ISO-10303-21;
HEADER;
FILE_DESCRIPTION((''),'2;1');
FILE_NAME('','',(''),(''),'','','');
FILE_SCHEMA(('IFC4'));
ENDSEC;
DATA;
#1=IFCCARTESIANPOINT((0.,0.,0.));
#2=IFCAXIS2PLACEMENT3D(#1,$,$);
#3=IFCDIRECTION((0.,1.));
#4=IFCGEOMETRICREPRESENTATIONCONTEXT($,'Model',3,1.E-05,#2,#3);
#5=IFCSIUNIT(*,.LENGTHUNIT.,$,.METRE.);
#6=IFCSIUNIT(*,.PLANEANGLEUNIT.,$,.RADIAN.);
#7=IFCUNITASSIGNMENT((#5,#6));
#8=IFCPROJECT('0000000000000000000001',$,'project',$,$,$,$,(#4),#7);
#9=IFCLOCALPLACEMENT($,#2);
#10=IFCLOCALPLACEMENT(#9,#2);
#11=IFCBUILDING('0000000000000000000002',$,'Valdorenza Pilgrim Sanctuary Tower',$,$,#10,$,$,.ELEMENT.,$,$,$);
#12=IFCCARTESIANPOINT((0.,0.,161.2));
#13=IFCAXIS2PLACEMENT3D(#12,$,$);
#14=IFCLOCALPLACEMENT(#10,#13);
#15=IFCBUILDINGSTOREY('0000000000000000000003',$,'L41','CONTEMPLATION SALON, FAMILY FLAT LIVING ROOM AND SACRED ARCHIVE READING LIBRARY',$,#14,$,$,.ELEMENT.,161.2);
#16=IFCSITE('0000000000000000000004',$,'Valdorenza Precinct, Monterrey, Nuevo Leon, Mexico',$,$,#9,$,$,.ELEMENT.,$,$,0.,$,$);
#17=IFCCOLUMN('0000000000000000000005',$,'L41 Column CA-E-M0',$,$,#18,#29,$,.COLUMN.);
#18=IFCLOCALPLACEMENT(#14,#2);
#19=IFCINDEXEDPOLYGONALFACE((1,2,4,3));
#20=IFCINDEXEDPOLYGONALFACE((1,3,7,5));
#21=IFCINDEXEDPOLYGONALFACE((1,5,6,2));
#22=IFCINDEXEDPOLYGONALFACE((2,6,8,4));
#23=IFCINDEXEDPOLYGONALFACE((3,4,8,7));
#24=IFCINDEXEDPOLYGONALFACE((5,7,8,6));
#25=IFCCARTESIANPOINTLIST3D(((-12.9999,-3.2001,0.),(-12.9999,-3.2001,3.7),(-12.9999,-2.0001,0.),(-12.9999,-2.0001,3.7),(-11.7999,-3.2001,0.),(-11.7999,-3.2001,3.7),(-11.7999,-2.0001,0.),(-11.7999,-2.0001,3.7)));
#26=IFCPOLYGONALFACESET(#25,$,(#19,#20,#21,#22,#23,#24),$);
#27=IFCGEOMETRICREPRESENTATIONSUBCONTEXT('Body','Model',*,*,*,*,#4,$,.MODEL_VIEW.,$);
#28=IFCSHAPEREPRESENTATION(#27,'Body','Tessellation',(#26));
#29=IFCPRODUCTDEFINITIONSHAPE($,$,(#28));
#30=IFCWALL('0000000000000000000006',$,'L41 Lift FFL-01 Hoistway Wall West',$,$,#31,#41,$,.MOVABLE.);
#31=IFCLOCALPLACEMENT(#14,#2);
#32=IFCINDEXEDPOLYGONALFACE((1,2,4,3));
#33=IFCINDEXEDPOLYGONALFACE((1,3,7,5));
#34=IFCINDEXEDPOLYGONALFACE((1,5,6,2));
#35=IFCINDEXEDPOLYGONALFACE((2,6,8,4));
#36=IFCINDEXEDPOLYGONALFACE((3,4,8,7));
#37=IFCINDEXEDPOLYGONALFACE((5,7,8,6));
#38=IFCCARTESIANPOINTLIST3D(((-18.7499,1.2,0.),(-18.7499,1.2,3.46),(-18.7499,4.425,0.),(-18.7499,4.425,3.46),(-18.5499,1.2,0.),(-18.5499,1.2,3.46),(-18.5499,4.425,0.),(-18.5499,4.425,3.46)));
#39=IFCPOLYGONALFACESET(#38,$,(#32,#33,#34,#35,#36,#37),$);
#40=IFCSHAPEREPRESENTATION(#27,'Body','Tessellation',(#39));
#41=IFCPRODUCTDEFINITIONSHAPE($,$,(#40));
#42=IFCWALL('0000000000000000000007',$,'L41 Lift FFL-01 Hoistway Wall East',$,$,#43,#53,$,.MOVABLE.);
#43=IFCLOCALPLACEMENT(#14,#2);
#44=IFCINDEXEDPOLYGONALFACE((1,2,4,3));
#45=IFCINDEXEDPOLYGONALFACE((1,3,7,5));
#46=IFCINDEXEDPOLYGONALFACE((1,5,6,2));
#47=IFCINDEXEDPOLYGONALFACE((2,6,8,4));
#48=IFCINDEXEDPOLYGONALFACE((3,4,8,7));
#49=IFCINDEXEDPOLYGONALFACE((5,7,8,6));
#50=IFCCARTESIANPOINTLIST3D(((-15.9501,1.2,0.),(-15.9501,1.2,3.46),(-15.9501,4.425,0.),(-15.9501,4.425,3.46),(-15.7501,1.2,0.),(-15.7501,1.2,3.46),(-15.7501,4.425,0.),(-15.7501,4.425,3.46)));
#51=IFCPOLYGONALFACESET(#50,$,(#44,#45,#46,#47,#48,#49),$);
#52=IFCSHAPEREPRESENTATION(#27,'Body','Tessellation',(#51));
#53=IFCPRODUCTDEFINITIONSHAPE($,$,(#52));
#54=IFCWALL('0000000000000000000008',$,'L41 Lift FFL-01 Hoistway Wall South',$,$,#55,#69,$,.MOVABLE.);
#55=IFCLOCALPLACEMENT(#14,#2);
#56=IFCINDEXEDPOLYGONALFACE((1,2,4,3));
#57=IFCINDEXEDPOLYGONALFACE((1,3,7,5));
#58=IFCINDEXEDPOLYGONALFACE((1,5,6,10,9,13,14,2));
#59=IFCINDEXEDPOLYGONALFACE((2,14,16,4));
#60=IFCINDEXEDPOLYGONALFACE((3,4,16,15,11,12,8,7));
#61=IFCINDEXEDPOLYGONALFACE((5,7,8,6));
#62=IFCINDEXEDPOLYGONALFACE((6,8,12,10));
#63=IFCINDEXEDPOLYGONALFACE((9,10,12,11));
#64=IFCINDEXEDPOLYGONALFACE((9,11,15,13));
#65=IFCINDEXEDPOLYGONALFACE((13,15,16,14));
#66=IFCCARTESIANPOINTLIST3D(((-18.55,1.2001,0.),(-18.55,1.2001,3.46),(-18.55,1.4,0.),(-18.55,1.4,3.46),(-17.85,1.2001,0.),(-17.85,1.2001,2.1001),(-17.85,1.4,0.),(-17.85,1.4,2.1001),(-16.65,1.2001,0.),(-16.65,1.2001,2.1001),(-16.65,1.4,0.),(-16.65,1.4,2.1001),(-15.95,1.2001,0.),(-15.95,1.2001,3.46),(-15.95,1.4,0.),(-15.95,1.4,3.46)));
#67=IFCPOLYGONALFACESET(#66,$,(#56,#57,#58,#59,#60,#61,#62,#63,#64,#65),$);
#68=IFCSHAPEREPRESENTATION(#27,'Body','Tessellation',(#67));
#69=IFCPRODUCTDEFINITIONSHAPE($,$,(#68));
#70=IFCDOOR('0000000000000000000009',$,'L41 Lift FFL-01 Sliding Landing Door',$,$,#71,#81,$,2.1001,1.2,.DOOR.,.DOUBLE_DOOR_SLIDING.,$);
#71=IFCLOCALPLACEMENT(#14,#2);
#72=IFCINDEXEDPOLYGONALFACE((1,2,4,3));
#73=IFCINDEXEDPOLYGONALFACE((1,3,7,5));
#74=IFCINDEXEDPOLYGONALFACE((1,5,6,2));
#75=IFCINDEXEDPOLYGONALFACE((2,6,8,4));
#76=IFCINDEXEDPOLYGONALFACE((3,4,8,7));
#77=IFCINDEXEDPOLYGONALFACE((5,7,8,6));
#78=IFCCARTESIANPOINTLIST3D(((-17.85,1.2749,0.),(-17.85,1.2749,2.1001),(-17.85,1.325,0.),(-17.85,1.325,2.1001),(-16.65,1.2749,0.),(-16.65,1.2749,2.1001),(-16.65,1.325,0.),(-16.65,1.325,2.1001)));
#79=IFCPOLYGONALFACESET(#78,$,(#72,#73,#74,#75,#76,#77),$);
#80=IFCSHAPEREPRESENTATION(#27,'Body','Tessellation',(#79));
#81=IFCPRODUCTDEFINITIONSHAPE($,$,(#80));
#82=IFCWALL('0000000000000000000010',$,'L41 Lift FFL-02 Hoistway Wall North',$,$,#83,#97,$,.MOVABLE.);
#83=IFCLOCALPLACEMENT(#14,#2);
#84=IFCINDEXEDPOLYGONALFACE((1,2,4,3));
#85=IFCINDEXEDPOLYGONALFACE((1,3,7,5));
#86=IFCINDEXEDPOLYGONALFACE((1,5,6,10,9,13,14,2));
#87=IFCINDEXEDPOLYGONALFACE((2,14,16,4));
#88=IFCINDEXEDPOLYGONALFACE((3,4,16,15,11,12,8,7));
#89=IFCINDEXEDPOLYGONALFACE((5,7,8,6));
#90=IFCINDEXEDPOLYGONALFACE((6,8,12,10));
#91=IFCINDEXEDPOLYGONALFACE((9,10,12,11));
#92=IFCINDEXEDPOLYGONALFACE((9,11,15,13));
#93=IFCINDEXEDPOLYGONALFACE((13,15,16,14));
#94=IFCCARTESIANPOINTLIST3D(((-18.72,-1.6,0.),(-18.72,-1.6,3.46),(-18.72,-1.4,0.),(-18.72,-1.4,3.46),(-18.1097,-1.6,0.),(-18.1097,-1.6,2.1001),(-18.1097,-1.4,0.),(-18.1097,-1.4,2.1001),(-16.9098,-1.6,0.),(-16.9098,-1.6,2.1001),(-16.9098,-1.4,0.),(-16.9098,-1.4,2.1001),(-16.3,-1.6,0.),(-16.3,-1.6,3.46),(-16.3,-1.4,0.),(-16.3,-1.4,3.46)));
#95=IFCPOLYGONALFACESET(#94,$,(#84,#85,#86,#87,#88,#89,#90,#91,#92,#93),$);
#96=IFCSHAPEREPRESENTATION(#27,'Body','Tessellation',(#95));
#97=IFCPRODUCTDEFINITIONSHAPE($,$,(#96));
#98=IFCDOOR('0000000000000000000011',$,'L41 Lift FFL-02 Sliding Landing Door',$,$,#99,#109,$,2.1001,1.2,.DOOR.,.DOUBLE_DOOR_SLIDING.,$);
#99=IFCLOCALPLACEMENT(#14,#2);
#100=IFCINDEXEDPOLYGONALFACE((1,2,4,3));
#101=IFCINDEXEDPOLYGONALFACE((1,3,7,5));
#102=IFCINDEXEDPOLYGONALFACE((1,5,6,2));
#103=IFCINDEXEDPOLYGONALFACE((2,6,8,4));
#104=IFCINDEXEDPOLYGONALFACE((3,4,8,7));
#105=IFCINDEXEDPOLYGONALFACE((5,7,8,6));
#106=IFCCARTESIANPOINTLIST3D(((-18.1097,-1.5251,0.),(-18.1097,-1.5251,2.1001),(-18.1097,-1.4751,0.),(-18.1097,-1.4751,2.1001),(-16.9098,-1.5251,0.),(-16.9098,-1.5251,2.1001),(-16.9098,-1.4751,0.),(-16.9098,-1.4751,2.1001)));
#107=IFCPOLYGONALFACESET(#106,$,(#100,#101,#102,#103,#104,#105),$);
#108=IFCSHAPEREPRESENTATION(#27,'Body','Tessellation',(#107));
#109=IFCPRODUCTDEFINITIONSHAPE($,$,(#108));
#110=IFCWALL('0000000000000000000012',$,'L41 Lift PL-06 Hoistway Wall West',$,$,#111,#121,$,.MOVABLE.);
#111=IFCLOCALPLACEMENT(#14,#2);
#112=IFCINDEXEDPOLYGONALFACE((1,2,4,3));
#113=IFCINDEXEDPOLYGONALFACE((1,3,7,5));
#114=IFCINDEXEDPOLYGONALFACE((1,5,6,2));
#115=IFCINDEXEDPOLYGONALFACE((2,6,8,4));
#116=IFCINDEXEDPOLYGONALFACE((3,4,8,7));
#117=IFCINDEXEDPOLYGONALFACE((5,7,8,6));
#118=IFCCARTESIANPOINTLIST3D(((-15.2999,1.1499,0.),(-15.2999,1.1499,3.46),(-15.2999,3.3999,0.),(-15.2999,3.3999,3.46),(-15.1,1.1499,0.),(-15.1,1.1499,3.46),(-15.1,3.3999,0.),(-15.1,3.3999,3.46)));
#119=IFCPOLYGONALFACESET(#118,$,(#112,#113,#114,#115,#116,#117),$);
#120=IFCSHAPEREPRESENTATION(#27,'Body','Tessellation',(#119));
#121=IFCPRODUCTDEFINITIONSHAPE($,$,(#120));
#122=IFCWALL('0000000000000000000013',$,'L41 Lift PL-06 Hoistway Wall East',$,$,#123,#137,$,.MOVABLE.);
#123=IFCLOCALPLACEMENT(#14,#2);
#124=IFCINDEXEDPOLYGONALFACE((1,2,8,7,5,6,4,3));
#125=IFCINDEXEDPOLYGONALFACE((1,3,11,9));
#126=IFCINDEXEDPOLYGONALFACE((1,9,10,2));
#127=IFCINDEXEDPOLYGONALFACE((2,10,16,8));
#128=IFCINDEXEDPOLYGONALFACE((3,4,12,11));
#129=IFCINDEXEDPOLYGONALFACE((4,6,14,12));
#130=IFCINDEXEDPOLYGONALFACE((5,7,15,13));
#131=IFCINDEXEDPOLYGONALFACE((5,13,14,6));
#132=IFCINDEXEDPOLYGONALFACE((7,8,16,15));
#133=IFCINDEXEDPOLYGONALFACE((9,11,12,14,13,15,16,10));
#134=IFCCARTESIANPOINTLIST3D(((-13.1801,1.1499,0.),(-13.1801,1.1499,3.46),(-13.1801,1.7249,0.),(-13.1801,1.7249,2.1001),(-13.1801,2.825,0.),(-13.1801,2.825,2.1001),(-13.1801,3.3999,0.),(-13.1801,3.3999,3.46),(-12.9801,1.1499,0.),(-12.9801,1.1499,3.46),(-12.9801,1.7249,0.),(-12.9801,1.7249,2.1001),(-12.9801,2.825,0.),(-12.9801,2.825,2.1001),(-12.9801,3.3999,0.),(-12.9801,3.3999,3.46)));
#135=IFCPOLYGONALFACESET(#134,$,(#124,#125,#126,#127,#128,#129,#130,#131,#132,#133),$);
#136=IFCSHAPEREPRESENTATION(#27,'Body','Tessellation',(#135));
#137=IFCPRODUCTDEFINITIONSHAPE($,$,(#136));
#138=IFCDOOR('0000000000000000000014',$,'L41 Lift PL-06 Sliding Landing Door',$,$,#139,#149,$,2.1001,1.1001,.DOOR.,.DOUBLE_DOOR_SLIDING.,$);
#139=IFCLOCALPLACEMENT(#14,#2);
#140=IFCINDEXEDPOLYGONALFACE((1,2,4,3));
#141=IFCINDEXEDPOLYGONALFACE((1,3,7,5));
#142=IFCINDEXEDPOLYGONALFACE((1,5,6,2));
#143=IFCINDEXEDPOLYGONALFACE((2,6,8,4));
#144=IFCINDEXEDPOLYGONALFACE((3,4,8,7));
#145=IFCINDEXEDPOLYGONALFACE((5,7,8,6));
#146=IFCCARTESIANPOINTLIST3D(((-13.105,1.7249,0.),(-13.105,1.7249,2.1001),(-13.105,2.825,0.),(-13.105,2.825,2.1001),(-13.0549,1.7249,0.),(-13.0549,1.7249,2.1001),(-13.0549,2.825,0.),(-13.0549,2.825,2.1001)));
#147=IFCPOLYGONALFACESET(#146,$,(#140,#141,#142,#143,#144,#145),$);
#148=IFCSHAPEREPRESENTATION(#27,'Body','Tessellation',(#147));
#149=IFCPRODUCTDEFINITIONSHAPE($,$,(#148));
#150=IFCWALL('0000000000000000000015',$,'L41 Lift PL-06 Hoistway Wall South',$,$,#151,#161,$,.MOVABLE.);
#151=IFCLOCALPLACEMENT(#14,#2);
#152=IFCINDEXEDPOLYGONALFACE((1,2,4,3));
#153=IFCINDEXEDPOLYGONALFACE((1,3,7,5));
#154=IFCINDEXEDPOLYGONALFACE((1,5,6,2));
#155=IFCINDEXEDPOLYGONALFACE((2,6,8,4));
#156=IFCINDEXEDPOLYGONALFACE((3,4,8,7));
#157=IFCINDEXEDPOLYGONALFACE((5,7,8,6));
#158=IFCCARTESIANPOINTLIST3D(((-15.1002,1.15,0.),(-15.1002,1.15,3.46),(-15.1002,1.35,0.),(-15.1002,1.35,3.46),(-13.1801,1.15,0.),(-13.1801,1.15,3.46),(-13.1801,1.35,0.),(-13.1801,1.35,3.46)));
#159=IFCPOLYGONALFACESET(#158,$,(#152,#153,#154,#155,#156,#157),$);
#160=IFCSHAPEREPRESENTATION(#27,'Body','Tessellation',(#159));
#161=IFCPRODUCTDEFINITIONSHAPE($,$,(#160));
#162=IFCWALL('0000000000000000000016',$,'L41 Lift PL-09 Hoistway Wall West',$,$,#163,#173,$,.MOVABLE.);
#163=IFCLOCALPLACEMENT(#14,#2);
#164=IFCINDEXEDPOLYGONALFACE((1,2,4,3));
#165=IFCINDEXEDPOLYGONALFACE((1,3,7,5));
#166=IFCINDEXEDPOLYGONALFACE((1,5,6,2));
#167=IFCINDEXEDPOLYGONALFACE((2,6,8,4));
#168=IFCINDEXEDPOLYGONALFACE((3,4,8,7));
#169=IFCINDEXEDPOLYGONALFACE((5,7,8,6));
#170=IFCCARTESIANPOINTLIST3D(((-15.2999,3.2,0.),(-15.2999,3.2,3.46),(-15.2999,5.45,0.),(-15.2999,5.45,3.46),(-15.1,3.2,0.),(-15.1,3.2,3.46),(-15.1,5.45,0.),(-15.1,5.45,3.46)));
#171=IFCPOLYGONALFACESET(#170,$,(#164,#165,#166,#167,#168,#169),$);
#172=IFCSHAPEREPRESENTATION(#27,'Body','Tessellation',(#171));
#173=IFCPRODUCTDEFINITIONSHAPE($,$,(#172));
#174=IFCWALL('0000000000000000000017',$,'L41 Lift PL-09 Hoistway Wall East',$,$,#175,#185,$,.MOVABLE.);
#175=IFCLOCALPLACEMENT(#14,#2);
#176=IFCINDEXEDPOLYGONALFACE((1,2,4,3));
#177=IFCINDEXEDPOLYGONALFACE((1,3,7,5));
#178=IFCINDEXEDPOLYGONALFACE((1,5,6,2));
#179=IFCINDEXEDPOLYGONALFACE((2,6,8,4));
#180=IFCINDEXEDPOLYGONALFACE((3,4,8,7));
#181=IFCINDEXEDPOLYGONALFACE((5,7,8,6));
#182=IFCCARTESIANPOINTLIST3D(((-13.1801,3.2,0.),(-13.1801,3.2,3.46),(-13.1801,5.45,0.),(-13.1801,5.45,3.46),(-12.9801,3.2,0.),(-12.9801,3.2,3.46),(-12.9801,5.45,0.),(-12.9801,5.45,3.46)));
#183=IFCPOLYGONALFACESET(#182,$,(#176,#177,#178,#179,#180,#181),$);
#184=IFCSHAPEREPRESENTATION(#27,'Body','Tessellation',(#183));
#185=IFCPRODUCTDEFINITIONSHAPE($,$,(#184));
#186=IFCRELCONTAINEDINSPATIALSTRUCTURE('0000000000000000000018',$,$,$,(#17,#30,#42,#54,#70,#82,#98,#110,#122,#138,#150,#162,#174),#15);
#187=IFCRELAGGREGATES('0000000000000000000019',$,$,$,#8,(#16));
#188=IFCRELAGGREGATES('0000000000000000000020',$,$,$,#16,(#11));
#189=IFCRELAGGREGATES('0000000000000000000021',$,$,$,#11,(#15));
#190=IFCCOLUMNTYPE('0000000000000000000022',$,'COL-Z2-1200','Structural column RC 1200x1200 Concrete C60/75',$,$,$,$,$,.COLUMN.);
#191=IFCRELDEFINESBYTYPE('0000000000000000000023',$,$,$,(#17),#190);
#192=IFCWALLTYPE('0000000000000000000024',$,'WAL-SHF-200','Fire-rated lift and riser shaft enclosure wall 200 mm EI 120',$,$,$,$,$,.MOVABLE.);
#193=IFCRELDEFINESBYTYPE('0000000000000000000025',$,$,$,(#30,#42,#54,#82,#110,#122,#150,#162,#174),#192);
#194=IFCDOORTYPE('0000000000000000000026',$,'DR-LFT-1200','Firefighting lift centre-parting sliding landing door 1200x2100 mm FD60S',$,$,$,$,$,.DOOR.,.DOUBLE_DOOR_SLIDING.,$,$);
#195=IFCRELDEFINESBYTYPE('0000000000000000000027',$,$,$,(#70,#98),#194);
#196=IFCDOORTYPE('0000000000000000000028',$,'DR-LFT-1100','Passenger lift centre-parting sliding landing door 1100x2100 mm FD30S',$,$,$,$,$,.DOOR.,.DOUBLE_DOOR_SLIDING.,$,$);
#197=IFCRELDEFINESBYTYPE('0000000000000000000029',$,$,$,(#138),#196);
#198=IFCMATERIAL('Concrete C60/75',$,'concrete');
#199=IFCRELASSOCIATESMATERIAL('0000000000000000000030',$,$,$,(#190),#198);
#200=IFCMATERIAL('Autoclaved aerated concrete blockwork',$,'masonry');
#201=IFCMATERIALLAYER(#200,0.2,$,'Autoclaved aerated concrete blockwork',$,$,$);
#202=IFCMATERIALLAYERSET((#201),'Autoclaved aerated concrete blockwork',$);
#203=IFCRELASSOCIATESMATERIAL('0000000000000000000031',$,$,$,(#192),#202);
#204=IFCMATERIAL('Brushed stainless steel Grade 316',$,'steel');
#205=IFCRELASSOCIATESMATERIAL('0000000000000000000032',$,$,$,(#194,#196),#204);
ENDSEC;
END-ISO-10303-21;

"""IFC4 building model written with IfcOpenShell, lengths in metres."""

from ifc_helpers import new_model, si_unit, direction, frame, frame_2d, origin, origin_2d, place, context, subcontext, project, spatial, rectangle, extrude, source, transform, mapped, material, layer, layer_set, material_profile, profile_set, type_object, element, fill, save


model = new_model("IFC4")

# Units and contexts
model_context = context("Model", 3, precision=1e-05, world=origin(), true_north=direction((0.0, 1.0)))
body_context = subcontext(model_context, "Body", "Model", "MODEL_VIEW")
ifc_project = project(units=[si_unit("LENGTHUNIT", "METRE"), si_unit("PLANEANGLEUNIT", "RADIAN")], contexts=[model_context])

# Site, building, storey
site_placement = place(None, origin())
site = spatial("IfcSite", under=ifc_project, at=site_placement, Name="Valdorenza Precinct, Monterrey, Nuevo Leon, Mexico", CompositionType="ELEMENT", RefElevation=0.0)
building_placement = place(site_placement, origin())
building = spatial("IfcBuilding", under=site, at=building_placement, Name="Valdorenza Pilgrim Sanctuary Tower", CompositionType="ELEMENT")
storey_placement = place(building_placement, frame((0.0, 0.0, 161.2)))
storey = spatial("IfcBuildingStorey", under=building, at=storey_placement, Name="L41", Description="CONTEMPLATION SALON, FAMILY FLAT LIVING ROOM AND SACRED ARCHIVE READING LIBRARY", CompositionType="ELEMENT", Elevation=161.2)

# Column
ifc_material_1 = material(Name="Concrete C60/75", Category="concrete")
ifc_material_profile = material_profile(ifc_material_1, rectangle(XDim=1.2, YDim=1.2, at=origin_2d()), Name="RC 1200x1200")
ifc_profile_set = profile_set([ifc_material_profile], Name="Concrete C60/75")
column_type = type_object("IfcColumnType", Name="COL-Z2-1200", Description="Structural column RC 1200x1200 Concrete C60/75", PredefinedType="COLUMN", material=ifc_profile_set)
shared_shape = source(origin(), body_context, "Body", "SweptSolid", [
    extrude(rectangle(XDim=1.2, YDim=1.2, at=origin_2d()), origin(), (0.0, 0.0, 1.0), 3.7),
])
column_placement = place(storey_placement, frame((-12.3999, -2.6001, 0.0), z_axis=(0.0, 0.0, 1.0), x_axis=(1.0, 0.0, 0.0)))
element("IfcColumn", 1, at=column_placement, inside=storey, type_object=column_type, Name="L41 Column CA-E-M0", PredefinedType="COLUMN", context=body_context, shape_type="MappedRepresentation", body=[
    mapped(shared_shape, transform((0.0, 0.0, 0.0), x_axis=(1.0, 0.0, 0.0), y_axis=(0.0, 1.0, 0.0), z_axis=(0.0, 0.0, 1.0), scale=1.0)),
])

# Walls
ifc_material_2 = material(Name="Autoclaved aerated concrete blockwork", Category="masonry")
ifc_layer_1 = layer(ifc_material_2, 0.2, Name="Autoclaved aerated concrete blockwork")
ifc_layer_set_1 = layer_set([ifc_layer_1], Name="Autoclaved aerated concrete blockwork")
wall_type_1 = type_object("IfcWallType", Name="WAL-SHF-200", Description="Fire-rated lift and riser shaft enclosure wall 200 mm EI 120", PredefinedType="MOVABLE", material=ifc_layer_set_1)
for number, where, z_axis, x_axis, name in (
    (2, (-18.6499, 1.2, 0.0), (0.0, 0.0, 1.0), (0.0, 1.0, 0.0), "L41 Lift FFL-01 Hoistway Wall West"),
    (3, (-15.8501, 1.2, 0.0), (0.0, 0.0, 1.0), (0.0, 1.0, 0.0), "L41 Lift FFL-01 Hoistway Wall East"),
):
    element("IfcWall", number, at=place(storey_placement, frame(where, z_axis=z_axis, x_axis=x_axis)), inside=storey, type_object=wall_type_1, Name=name, PredefinedType="MOVABLE", context=body_context, shape_type="SweptSolid", body=[
        extrude(rectangle(XDim=3.2251, YDim=0.2, at=frame_2d((1.6125, 0.0))), origin(), (0.0, 0.0, 1.0), 3.46),
    ])

# Walls, openings, doors
wall_1_placement = place(storey_placement, frame((-18.55, 1.3, 0.0), z_axis=(0.0, 0.0, 1.0), x_axis=(1.0, 0.0, 0.0)))
wall_1 = element("IfcWall", 4, at=wall_1_placement, inside=storey, type_object=wall_type_1, Name="L41 Lift FFL-01 Hoistway Wall South", PredefinedType="MOVABLE", context=body_context, shape_type="SweptSolid", body=[
    extrude(rectangle(XDim=2.6001, YDim=0.2, at=frame_2d((1.3, 0.0))), origin(), (0.0, 0.0, 1.0), 3.46),
])
opening_1_placement = place(wall_1_placement, frame((0.7, 0.0, 0.0)))
opening_1 = element("IfcOpeningElement", 5, at=opening_1_placement, cuts=wall_1, PredefinedType="OPENING", context=body_context, shape_type="SweptSolid", body=[
    extrude(rectangle(XDim=1.2, YDim=2.1001, at=frame_2d((0.6001, 1.05))), frame((0.0, 0.1147, 0.0), z_axis=(0.0, -1.0, 0.0), x_axis=(1.0, 0.0, 0.0)), (0.0, 0.0, 1.0), 0.2297),
])
ifc_material_3 = material(Name="Brushed stainless steel Grade 316", Category="steel")
door_type_1 = type_object("IfcDoorType", Name="DR-LFT-1200", Description="Firefighting lift centre-parting sliding landing door 1200x2100 mm FD60S", OperationType="DOUBLE_DOOR_SLIDING", PredefinedType="DOOR", material=ifc_material_3)
door_1_placement = place(opening_1_placement, origin())
door_1 = element("IfcDoor", 6, at=door_1_placement, inside=storey, type_object=door_type_1, Name="L41 Lift FFL-01 Sliding Landing Door", OperationType="DOUBLE_DOOR_SLIDING", OverallHeight=2.1001, OverallWidth=1.2, PredefinedType="DOOR", context=body_context, shape_type="SweptSolid", body=[
    extrude(rectangle(XDim=1.2, YDim=2.1001, at=frame_2d((0.6001, 1.05))), frame((0.0, 0.0249, 0.0), z_axis=(0.0, -1.0, 0.0), x_axis=(1.0, 0.0, 0.0)), (0.0, 0.0, 1.0), 0.05),
])
fill(opening_1, door_1)
wall_2_placement = place(storey_placement, frame((-18.72, -1.5, 0.0), z_axis=(0.0, 0.0, 1.0), x_axis=(1.0, 0.0, 0.0)))
wall_2 = element("IfcWall", 7, at=wall_2_placement, inside=storey, type_object=wall_type_1, Name="L41 Lift FFL-02 Hoistway Wall North", PredefinedType="MOVABLE", context=body_context, shape_type="SweptSolid", body=[
    extrude(rectangle(XDim=2.4199, YDim=0.2, at=frame_2d((1.21, 0.0))), origin(), (0.0, 0.0, 1.0), 3.46),
])
opening_2_placement = place(wall_2_placement, frame((0.6101, 0.0, 0.0)))
opening_2 = element("IfcOpeningElement", 8, at=opening_2_placement, cuts=wall_2, PredefinedType="OPENING", context=body_context, shape_type="SweptSolid", body=[
    extrude(rectangle(XDim=1.2, YDim=2.1001, at=frame_2d((0.6001, 1.05))), frame((0.0, 0.1147, 0.0), z_axis=(0.0, -1.0, 0.0), x_axis=(1.0, 0.0, 0.0)), (0.0, 0.0, 1.0), 0.2297),
])
door_2_placement = place(opening_2_placement, origin())
door_2 = element("IfcDoor", 9, at=door_2_placement, inside=storey, type_object=door_type_1, Name="L41 Lift FFL-02 Sliding Landing Door", OperationType="DOUBLE_DOOR_SLIDING", OverallHeight=2.1001, OverallWidth=1.2, PredefinedType="DOOR", context=body_context, shape_type="SweptSolid", body=[
    extrude(rectangle(XDim=1.2, YDim=2.1001, at=frame_2d((0.6001, 1.05))), frame((0.0, 0.0249, 0.0), z_axis=(0.0, -1.0, 0.0), x_axis=(1.0, 0.0, 0.0)), (0.0, 0.0, 1.0), 0.05),
])
fill(opening_2, door_2)

# Wall
wall_3_placement = place(storey_placement, frame((-15.2, 1.1499, 0.0), z_axis=(0.0, 0.0, 1.0), x_axis=(0.0, 1.0, 0.0)))
element("IfcWall", 10, at=wall_3_placement, inside=storey, type_object=wall_type_1, Name="L41 Lift PL-06 Hoistway Wall West", PredefinedType="MOVABLE", context=body_context, shape_type="SweptSolid", body=[
    extrude(rectangle(XDim=2.25, YDim=0.2, at=frame_2d((1.125, 0.0))), origin(), (0.0, 0.0, 1.0), 3.46),
])

# Wall, opening, door
wall_4_placement = place(storey_placement, frame((-13.0801, 1.1499, 0.0), z_axis=(0.0, 0.0, 1.0), x_axis=(0.0, 1.0, 0.0)))
wall_4 = element("IfcWall", 11, at=wall_4_placement, inside=storey, type_object=wall_type_1, Name="L41 Lift PL-06 Hoistway Wall East", PredefinedType="MOVABLE", context=body_context, shape_type="SweptSolid", body=[
    extrude(rectangle(XDim=2.25, YDim=0.2, at=frame_2d((1.125, 0.0))), origin(), (0.0, 0.0, 1.0), 3.46),
])
opening_3_placement = place(wall_4_placement, frame((0.575, 0.0, 0.0)))
opening_3 = element("IfcOpeningElement", 12, at=opening_3_placement, cuts=wall_4, PredefinedType="OPENING", context=body_context, shape_type="SweptSolid", body=[
    extrude(rectangle(XDim=1.1001, YDim=2.1001, at=frame_2d((0.55, 1.05))), frame((0.0, 0.1147, 0.0), z_axis=(0.0, -1.0, 0.0), x_axis=(1.0, 0.0, 0.0)), (0.0, 0.0, 1.0), 0.2297),
])
door_type_2 = type_object("IfcDoorType", Name="DR-LFT-1100", Description="Passenger lift centre-parting sliding landing door 1100x2100 mm FD30S", OperationType="DOUBLE_DOOR_SLIDING", PredefinedType="DOOR", material=ifc_material_3)
door_3_placement = place(opening_3_placement, origin())
door_3 = element("IfcDoor", 13, at=door_3_placement, inside=storey, type_object=door_type_2, Name="L41 Lift PL-06 Sliding Landing Door", OperationType="DOUBLE_DOOR_SLIDING", OverallHeight=2.1001, OverallWidth=1.1001, PredefinedType="DOOR", context=body_context, shape_type="SweptSolid", body=[
    extrude(rectangle(XDim=1.1001, YDim=2.1001, at=frame_2d((0.55, 1.05))), frame((0.0, 0.0249, 0.0), z_axis=(0.0, -1.0, 0.0), x_axis=(1.0, 0.0, 0.0)), (0.0, 0.0, 1.0), 0.05),
])
fill(opening_3, door_3)

# Walls
wall_5_placement = place(storey_placement, frame((-15.1001, 1.25, 0.0), z_axis=(0.0, 0.0, 1.0), x_axis=(1.0, 0.0, 0.0)))
element("IfcWall", 14, at=wall_5_placement, inside=storey, type_object=wall_type_1, Name="L41 Lift PL-06 Hoistway Wall South", PredefinedType="MOVABLE", context=body_context, shape_type="SweptSolid", body=[
    extrude(rectangle(XDim=1.9202, YDim=0.2, at=frame_2d((0.96, 0.0))), origin(), (0.0, 0.0, 1.0), 3.46),
])
for number, where, z_axis, x_axis, name in (
    (15, (-15.2, 3.2, 0.0), (0.0, 0.0, 1.0), (0.0, 1.0, 0.0), "L41 Lift PL-09 Hoistway Wall West"),
    (16, (-13.0801, 3.2, 0.0), (0.0, 0.0, 1.0), (0.0, 1.0, 0.0), "L41 Lift PL-09 Hoistway Wall East"),
):
    element("IfcWall", number, at=place(storey_placement, frame(where, z_axis=z_axis, x_axis=x_axis)), inside=storey, type_object=wall_type_1, Name=name, PredefinedType="MOVABLE", context=body_context, shape_type="SweptSolid", body=[
        extrude(rectangle(XDim=2.25, YDim=0.2, at=frame_2d((1.125, 0.0))), origin(), (0.0, 0.0, 1.0), 3.46),
    ])

save(model, "model.ifc")
